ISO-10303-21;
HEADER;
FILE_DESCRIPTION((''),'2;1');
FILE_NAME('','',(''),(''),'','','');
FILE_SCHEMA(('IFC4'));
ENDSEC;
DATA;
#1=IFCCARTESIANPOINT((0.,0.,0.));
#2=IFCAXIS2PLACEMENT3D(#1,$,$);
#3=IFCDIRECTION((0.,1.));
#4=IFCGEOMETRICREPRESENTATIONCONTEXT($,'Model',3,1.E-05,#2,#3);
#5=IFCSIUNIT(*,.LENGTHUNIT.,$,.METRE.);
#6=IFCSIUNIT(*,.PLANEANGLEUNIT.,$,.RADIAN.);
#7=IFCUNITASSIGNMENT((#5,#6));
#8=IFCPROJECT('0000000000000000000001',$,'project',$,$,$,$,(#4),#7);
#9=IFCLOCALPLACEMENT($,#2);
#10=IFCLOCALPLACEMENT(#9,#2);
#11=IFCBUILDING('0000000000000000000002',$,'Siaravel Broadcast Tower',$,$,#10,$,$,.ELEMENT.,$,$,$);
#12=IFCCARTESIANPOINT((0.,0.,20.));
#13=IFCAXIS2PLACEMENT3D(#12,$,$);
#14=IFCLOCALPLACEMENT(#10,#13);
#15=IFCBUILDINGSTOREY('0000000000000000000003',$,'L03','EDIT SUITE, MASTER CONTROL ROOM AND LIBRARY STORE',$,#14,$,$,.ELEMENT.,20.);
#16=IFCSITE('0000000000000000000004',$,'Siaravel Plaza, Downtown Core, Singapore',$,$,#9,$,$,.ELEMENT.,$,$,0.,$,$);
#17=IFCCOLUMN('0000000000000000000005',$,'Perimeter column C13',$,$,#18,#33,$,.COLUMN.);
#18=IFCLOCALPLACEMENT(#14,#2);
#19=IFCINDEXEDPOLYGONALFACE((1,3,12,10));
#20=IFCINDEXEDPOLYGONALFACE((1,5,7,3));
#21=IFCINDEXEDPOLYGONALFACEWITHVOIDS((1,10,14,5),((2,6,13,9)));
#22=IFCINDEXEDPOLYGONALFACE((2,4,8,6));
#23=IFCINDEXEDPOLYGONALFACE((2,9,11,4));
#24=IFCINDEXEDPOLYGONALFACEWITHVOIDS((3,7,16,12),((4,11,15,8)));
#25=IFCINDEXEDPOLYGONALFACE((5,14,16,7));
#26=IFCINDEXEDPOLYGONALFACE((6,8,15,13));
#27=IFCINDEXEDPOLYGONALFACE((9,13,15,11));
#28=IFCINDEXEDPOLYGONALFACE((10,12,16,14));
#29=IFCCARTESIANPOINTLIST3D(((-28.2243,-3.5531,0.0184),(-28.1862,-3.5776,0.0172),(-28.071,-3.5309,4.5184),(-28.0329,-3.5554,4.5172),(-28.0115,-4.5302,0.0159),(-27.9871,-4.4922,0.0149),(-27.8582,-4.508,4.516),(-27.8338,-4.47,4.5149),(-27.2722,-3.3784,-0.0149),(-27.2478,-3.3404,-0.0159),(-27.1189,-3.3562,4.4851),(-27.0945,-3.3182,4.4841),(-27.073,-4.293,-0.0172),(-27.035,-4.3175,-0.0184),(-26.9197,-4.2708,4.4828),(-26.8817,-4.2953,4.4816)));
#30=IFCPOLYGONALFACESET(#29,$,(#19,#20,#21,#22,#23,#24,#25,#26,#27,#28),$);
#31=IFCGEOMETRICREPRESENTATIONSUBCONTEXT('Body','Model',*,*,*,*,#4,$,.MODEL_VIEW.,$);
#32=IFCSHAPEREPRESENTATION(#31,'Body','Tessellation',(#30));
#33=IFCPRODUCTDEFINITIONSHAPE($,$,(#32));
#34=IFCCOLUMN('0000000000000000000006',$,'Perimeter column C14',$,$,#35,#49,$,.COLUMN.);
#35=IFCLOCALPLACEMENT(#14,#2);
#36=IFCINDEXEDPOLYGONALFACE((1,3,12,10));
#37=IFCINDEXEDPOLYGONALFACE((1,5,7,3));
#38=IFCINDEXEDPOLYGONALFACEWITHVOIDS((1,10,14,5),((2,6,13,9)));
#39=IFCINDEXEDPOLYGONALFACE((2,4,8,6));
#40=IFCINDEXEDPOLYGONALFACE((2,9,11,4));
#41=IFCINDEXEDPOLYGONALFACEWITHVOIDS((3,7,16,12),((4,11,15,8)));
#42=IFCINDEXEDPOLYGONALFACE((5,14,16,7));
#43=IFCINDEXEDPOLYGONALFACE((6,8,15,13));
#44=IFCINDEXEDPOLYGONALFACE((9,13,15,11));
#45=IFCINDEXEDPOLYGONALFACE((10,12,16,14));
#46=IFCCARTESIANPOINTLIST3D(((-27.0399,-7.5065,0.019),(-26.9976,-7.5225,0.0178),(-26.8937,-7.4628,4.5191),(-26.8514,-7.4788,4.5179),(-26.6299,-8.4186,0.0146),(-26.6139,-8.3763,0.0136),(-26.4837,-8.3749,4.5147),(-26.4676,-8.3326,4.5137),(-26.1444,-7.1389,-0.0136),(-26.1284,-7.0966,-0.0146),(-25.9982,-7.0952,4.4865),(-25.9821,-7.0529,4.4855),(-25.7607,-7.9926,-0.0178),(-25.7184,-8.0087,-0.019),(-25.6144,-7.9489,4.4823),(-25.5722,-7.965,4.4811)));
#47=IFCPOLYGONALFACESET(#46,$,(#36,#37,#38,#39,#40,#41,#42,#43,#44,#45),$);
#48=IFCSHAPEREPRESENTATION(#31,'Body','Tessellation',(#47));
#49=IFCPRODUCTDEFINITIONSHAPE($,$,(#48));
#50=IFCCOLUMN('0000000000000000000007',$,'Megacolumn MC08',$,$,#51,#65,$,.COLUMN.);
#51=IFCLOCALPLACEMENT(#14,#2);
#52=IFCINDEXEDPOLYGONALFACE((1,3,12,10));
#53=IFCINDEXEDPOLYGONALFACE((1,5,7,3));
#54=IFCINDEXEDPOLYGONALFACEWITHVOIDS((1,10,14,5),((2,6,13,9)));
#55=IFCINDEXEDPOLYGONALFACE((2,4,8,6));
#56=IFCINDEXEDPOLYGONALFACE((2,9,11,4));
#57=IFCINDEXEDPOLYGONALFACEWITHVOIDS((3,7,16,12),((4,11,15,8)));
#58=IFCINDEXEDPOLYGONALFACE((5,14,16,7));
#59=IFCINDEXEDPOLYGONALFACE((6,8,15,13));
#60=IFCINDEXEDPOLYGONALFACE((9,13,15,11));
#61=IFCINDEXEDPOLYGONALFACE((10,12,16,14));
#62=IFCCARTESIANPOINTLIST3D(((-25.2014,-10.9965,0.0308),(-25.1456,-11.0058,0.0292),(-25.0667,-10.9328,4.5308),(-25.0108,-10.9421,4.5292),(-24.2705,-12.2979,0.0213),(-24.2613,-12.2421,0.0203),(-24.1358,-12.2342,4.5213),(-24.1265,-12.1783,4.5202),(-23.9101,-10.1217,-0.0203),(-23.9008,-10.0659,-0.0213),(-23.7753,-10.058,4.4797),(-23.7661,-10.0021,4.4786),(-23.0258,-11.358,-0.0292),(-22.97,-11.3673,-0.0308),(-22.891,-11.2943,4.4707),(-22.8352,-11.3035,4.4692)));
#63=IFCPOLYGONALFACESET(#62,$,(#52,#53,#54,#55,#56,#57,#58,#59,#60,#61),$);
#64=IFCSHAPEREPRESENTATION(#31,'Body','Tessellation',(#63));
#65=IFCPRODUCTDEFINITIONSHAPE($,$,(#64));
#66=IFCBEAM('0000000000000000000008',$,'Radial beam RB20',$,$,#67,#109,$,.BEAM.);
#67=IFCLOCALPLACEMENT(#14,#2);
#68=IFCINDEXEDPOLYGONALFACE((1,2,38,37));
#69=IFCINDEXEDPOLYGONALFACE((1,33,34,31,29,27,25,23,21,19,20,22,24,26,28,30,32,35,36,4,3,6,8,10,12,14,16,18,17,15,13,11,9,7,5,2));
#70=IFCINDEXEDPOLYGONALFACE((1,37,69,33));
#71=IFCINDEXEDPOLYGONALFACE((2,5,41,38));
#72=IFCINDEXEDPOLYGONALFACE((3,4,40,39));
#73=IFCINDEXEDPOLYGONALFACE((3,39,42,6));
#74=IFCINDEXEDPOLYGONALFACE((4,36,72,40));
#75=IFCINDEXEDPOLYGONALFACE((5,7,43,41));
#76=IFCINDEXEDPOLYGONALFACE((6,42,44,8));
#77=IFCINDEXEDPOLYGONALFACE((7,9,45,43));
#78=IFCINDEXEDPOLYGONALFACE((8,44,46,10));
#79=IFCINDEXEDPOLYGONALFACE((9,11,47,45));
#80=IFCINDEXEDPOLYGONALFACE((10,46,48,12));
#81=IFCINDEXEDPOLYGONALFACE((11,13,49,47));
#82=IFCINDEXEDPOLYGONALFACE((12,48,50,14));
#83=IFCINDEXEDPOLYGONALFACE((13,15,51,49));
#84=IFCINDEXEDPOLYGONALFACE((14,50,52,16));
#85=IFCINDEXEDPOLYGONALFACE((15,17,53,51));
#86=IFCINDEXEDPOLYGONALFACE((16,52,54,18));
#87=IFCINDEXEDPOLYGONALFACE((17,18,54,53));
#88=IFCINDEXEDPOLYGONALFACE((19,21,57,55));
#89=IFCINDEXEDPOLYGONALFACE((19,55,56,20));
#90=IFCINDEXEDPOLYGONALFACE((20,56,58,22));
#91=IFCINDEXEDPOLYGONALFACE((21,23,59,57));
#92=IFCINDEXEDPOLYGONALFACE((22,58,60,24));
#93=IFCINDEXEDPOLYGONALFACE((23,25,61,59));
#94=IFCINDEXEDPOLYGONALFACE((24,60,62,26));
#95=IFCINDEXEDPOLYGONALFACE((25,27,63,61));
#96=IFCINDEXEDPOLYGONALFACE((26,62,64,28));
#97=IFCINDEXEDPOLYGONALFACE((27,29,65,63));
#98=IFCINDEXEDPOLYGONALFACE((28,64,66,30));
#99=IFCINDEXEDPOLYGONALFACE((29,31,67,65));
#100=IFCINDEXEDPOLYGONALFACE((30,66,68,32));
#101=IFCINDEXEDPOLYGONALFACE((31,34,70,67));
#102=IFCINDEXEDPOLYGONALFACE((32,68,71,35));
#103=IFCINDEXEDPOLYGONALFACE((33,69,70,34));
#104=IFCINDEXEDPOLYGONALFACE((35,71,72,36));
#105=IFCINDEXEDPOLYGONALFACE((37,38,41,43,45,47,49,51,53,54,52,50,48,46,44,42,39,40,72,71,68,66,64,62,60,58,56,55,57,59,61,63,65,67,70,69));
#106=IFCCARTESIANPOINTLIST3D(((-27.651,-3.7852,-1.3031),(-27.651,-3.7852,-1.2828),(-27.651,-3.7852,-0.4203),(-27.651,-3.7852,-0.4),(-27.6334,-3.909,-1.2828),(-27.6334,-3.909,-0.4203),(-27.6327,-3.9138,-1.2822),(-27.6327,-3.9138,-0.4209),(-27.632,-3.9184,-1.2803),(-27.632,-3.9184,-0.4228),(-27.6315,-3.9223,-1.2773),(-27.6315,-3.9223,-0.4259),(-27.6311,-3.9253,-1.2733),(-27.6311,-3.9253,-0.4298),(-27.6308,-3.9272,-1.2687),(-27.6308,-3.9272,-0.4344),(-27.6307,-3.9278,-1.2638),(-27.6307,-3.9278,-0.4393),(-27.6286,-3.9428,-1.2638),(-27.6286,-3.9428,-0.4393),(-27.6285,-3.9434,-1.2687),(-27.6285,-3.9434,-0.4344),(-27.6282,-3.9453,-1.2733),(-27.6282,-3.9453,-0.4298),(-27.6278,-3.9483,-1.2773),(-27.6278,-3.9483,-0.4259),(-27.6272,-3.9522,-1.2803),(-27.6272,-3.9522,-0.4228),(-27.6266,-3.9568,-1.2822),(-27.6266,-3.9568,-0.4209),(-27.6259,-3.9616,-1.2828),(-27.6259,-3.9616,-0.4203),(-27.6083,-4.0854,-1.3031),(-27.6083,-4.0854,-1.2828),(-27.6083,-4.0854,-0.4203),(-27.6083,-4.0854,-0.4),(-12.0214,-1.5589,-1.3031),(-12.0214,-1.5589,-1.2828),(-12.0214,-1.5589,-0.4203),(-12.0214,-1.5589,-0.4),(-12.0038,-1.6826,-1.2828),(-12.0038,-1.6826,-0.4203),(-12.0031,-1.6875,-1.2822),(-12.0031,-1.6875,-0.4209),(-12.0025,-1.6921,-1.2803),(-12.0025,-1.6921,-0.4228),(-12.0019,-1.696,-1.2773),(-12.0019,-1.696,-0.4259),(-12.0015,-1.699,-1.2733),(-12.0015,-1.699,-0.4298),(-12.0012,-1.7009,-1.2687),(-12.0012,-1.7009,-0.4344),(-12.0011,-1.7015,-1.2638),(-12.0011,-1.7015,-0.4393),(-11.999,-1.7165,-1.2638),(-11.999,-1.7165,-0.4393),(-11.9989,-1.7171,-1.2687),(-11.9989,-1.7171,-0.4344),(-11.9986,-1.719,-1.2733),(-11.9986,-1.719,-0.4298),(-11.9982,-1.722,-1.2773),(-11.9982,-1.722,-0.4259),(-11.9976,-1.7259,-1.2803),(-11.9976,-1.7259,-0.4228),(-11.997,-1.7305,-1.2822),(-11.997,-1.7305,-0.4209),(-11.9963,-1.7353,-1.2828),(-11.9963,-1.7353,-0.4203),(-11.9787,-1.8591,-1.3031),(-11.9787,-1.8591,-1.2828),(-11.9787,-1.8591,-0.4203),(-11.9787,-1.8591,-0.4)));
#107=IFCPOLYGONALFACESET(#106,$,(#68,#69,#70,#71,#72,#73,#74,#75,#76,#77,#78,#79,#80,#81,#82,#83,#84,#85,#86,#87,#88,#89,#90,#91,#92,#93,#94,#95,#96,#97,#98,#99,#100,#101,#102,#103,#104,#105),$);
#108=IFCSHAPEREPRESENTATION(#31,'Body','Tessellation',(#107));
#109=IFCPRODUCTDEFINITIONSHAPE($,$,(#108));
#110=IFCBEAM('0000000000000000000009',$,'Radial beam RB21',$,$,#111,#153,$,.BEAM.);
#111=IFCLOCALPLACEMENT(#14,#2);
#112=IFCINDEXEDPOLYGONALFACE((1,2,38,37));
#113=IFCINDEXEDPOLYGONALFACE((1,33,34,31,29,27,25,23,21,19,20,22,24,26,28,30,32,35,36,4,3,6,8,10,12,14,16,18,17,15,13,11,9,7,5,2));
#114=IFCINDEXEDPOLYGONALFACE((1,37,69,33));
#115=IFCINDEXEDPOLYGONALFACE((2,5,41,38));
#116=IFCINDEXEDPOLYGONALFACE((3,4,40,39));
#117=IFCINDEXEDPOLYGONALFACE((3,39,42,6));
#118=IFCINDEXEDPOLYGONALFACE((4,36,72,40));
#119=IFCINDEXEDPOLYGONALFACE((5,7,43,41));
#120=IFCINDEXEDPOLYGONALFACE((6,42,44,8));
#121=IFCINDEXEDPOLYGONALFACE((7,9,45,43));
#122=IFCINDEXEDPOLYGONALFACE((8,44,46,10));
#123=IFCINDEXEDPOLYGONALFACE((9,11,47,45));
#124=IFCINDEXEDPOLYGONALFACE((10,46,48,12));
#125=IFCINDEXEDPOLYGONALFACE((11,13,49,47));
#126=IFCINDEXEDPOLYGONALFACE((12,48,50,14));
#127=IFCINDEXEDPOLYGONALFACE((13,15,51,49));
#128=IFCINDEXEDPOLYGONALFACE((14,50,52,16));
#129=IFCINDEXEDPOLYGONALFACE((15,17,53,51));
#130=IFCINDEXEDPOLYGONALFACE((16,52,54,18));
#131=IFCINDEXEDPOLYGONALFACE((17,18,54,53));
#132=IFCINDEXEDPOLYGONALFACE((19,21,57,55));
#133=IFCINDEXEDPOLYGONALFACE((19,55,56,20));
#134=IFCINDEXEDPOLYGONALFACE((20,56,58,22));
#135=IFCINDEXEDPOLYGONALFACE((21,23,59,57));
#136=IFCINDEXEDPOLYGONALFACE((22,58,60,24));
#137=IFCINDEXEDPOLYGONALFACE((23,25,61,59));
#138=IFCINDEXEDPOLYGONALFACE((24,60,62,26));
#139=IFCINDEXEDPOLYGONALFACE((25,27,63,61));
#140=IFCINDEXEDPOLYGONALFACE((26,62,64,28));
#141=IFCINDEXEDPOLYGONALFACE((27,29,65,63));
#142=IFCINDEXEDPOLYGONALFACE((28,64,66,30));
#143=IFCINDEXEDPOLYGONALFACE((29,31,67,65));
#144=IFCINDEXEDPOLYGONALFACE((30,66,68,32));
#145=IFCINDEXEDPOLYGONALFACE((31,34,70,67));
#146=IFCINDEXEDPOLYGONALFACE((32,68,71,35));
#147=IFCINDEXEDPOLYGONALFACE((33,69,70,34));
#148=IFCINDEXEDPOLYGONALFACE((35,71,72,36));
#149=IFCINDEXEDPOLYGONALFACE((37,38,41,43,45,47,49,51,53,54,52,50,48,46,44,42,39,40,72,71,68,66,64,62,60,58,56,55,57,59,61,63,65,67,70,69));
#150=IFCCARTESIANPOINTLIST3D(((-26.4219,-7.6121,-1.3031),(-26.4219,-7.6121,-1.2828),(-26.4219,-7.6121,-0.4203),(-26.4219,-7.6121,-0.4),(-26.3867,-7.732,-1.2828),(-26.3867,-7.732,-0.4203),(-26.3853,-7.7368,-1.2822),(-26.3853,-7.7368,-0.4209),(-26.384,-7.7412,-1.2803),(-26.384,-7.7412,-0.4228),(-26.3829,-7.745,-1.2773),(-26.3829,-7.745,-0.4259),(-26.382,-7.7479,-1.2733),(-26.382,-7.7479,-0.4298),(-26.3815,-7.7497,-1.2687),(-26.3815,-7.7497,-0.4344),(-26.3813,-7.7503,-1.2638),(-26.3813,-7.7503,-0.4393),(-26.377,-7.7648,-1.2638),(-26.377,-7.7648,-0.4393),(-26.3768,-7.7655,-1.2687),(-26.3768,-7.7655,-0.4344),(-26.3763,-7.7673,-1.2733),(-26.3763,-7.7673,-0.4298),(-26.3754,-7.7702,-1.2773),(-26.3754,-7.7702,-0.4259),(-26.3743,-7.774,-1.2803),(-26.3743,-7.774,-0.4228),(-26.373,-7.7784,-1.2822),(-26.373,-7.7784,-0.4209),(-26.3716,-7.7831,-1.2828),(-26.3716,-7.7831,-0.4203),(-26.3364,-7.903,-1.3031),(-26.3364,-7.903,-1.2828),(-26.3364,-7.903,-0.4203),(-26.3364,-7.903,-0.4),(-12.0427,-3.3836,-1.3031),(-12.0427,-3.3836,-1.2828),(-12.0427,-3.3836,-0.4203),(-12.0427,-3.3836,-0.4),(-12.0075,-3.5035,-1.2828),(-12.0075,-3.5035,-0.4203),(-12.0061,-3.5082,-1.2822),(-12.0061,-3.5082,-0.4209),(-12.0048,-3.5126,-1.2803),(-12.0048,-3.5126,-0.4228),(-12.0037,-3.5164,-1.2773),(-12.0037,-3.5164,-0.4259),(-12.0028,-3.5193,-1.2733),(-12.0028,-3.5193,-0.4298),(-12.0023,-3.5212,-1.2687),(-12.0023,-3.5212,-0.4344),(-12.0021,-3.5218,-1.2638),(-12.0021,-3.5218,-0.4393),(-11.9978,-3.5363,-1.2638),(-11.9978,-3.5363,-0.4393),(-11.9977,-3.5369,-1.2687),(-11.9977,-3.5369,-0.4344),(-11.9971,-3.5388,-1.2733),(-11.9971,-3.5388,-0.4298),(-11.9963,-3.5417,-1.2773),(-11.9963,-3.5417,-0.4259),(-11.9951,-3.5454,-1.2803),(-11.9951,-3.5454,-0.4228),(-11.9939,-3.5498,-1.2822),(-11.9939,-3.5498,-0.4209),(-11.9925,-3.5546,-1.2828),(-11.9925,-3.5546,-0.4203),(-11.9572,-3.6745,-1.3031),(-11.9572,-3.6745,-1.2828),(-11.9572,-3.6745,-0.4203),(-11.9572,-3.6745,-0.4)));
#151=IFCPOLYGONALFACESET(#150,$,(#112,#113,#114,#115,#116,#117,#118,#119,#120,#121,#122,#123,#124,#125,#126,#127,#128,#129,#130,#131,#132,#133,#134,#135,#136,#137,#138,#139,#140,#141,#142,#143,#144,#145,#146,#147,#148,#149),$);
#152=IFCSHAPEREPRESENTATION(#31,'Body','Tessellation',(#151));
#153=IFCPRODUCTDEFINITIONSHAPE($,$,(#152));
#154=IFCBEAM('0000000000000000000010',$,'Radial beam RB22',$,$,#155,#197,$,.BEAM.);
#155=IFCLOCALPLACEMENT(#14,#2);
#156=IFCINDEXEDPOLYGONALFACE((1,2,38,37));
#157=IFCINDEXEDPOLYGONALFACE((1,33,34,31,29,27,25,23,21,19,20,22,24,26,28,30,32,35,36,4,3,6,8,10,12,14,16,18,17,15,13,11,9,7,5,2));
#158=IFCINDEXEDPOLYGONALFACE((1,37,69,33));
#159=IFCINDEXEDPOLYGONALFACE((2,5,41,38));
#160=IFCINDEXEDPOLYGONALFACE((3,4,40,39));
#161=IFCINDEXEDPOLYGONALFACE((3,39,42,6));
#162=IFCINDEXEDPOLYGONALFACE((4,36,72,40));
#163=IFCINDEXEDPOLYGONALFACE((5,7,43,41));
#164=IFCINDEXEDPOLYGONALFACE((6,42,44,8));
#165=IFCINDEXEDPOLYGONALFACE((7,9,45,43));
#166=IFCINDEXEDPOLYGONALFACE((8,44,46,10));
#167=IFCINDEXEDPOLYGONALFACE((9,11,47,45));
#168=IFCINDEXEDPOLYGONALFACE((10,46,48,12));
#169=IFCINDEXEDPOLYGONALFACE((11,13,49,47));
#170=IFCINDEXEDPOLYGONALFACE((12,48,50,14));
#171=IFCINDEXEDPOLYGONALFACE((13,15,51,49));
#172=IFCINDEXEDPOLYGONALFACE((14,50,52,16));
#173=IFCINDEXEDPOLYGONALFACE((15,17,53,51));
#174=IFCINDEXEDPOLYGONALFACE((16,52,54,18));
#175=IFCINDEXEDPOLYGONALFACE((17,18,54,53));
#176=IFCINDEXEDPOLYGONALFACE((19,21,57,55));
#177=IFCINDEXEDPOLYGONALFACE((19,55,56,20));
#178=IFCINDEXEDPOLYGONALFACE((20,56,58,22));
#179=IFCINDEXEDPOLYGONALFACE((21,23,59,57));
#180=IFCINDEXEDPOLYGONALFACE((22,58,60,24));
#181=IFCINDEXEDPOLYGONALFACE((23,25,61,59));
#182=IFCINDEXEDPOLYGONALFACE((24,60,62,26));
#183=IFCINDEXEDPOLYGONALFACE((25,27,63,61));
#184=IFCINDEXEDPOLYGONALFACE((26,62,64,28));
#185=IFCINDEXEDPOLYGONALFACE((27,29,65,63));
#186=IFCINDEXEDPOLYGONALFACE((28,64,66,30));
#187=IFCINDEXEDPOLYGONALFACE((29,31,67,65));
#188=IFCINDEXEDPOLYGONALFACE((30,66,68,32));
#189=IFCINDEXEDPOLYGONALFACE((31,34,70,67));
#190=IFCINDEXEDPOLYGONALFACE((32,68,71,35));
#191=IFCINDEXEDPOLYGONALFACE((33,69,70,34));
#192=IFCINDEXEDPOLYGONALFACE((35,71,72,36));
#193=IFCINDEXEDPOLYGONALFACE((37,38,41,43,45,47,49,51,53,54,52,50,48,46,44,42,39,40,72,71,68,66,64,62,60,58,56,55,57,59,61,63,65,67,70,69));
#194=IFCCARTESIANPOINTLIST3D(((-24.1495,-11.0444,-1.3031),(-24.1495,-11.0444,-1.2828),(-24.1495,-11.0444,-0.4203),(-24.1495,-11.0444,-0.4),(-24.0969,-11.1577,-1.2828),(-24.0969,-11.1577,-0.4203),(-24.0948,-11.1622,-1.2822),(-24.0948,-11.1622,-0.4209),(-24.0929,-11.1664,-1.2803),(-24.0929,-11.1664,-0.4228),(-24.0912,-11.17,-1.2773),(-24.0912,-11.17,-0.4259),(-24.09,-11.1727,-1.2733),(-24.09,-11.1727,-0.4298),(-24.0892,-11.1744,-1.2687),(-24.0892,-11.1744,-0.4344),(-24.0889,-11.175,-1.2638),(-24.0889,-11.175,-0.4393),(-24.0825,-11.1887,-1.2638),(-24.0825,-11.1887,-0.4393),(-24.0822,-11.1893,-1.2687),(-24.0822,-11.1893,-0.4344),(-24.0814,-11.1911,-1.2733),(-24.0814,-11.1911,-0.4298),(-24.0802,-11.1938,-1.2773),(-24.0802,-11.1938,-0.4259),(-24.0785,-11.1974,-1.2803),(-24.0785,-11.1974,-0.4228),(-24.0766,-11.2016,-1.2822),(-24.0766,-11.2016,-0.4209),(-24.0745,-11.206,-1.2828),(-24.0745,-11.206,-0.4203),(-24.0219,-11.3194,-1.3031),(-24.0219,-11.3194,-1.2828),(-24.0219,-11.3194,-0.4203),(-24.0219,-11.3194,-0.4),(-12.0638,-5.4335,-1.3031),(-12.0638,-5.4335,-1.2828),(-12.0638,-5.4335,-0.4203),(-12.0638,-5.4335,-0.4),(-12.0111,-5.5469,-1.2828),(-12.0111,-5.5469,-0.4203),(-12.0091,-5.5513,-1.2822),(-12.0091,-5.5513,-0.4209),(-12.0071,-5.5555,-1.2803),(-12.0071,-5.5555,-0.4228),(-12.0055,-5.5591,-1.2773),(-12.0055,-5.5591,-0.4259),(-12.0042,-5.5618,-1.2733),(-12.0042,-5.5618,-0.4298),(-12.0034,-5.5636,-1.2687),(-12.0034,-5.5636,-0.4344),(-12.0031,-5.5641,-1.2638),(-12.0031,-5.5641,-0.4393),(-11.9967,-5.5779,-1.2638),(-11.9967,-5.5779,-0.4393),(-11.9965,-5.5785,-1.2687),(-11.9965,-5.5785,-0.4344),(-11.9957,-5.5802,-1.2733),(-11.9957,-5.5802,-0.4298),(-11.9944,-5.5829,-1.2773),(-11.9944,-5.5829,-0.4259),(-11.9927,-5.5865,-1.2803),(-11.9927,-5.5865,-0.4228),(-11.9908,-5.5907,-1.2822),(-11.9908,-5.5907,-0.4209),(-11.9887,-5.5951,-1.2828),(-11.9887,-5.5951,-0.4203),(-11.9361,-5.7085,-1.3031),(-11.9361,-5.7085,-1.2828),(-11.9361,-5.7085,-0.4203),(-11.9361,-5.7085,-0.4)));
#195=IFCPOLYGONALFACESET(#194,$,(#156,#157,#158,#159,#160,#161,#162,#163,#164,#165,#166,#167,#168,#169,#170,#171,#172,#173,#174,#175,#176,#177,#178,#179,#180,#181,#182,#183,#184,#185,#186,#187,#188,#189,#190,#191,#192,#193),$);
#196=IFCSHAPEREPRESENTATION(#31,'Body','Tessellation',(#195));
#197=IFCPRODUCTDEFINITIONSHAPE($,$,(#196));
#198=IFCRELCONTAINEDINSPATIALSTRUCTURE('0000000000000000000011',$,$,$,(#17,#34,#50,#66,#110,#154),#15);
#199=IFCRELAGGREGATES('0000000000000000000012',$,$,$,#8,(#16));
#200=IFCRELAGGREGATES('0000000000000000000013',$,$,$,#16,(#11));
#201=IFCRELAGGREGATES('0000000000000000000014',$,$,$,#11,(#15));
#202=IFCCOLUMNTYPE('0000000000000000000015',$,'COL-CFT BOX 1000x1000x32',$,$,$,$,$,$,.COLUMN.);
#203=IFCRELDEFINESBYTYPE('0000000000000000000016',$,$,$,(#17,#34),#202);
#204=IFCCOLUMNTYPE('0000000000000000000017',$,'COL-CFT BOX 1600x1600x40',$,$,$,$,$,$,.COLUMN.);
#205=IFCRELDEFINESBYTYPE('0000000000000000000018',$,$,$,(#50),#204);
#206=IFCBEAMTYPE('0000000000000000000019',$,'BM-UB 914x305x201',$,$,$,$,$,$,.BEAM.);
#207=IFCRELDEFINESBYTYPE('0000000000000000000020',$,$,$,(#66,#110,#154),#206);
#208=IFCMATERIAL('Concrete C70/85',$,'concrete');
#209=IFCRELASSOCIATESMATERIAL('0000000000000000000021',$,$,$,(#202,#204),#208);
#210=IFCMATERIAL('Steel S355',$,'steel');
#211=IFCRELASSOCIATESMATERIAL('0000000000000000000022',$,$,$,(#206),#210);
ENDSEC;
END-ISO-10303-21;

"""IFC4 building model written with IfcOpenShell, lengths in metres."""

from ifc_helpers import new_model, si_unit, direction, frame, origin, origin_2d, place, context, subcontext, project, spatial, hollow_rectangle, i_section, extrude, material, material_profile, profile_set, type_object, element, save


model = new_model("IFC4")

# Units and contexts
model_context = context("Model", 3, precision=1e-05, world=origin(), true_north=direction((0.0, 1.0)))
body_context = subcontext(model_context, "Body", "Model", "MODEL_VIEW")
ifc_project = project(units=[si_unit("LENGTHUNIT", "METRE"), si_unit("PLANEANGLEUNIT", "RADIAN")], contexts=[model_context])

# Site, building, storey
site_placement = place(None, origin())
site = spatial("IfcSite", under=ifc_project, at=site_placement, Name="Siaravel Plaza, Downtown Core, Singapore", CompositionType="ELEMENT", RefElevation=0.0)
building_placement = place(site_placement, origin())
building = spatial("IfcBuilding", under=site, at=building_placement, Name="Siaravel Broadcast Tower", CompositionType="ELEMENT")
storey_placement = place(building_placement, frame((0.0, 0.0, 20.0)))
storey = spatial("IfcBuildingStorey", under=building, at=storey_placement, Name="L03", Description="EDIT SUITE, MASTER CONTROL ROOM AND LIBRARY STORE", CompositionType="ELEMENT", Elevation=20.0)

# Columns
ifc_material_1 = material(Name="Concrete C70/85", Category="concrete")
ifc_material_profile_1 = material_profile(ifc_material_1, hollow_rectangle(XDim=1.0, YDim=1.0, WallThickness=0.032, at=origin_2d()))
ifc_profile_set_1 = profile_set([ifc_material_profile_1], Name="Concrete C70/85")
column_type_1 = type_object("IfcColumnType", Name="COL-CFT BOX 1000x1000x32", PredefinedType="COLUMN", material=ifc_profile_set_1)
for number, where, z_axis, x_axis, name in (
    (1, (-27.6296, -3.9353, 0.0), (0.034051, 0.004934, 0.999408), (-0.212785, 0.977096, 0.002426), "Perimeter column C13"),
    (2, (-26.3792, -7.7576, 0.0), (0.032479, 0.009706, 0.999425), (-0.409975, 0.912086, 0.004466), "Perimeter column C14"),
):
    element("IfcColumn", number, at=place(storey_placement, frame(where, z_axis=z_axis, x_axis=x_axis)), inside=storey, type_object=column_type_1, Name=name, PredefinedType="COLUMN", context=body_context, shape_type="SweptSolid", body=[
        extrude(hollow_rectangle(XDim=1.0, YDim=1.0, WallThickness=0.032, at=origin_2d()), origin(), (0.0, 0.0, 1.0), 4.5027),
    ])
ifc_material_profile_2 = material_profile(ifc_material_1, hollow_rectangle(XDim=1.6001, YDim=1.6001, WallThickness=0.04, at=origin_2d()))
ifc_profile_set_2 = profile_set([ifc_material_profile_2], Name="Concrete C70/85")
column_type_2 = type_object("IfcColumnType", Name="COL-CFT BOX 1600x1600x40", PredefinedType="COLUMN", material=ifc_profile_set_2)
column_placement = place(storey_placement, frame((-24.0857, -11.1819, 0.0), z_axis=(0.029931, 0.014152, 0.999452), x_axis=(-0.581765, 0.813335, 0.005906)))
element("IfcColumn", 3, at=column_placement, inside=storey, type_object=column_type_2, Name="Megacolumn MC08", PredefinedType="COLUMN", context=body_context, shape_type="SweptSolid", body=[
    extrude(hollow_rectangle(XDim=1.6001, YDim=1.6001, WallThickness=0.04, at=origin_2d()), origin(), (0.0, 0.0, 1.0), 4.5024),
])

# Beams
ifc_material_2 = material(Name="Steel S355", Category="steel")
ifc_material_profile_3 = material_profile(ifc_material_2, i_section(OverallWidth=0.3032, OverallDepth=0.9031, WebThickness=0.0151, FlangeThickness=0.0203, FilletRadius=0.019, at=origin_2d()))
ifc_profile_set_3 = profile_set([ifc_material_profile_3], Name="Steel S355")
beam_type = type_object("IfcBeamType", Name="BM-UB 914x305x201", PredefinedType="BEAM", material=ifc_profile_set_3)
beam_1_placement = place(storey_placement, frame((-27.6296, -3.9353, -0.8516), z_axis=(0.990007, 0.141019, 0.0), x_axis=(-0.141019, 0.990007, 0.0)))
element("IfcBeam", 4, at=beam_1_placement, inside=storey, type_object=beam_type, Name="Radial beam RB20", PredefinedType="BEAM", context=body_context, shape_type="SweptSolid", body=[
    extrude(i_section(OverallWidth=0.3032, OverallDepth=0.9031, WebThickness=0.0151, FlangeThickness=0.0203, FilletRadius=0.019, at=origin_2d()), origin(), (0.0, 0.0, 1.0), 15.7874),
])
beam_2_placement = place(storey_placement, frame((-26.3792, -7.7576, -0.8516), z_axis=(0.959377, 0.282127, 0.0), x_axis=(-0.282127, 0.959377, 0.0)))
element("IfcBeam", 5, at=beam_2_placement, inside=storey, type_object=beam_type, Name="Radial beam RB21", PredefinedType="BEAM", context=body_context, shape_type="SweptSolid", body=[
    extrude(i_section(OverallWidth=0.3032, OverallDepth=0.9031, WebThickness=0.0151, FlangeThickness=0.0203, FilletRadius=0.019, at=origin_2d()), origin(), (0.0, 0.0, 1.0), 14.988),
])
beam_3_placement = place(storey_placement, frame((-24.0857, -11.1819, -0.8516), z_axis=(0.90702, 0.421088, 0.0), x_axis=(-0.421088, 0.90702, 0.0)))
element("IfcBeam", 6, at=beam_3_placement, inside=storey, type_object=beam_type, Name="Radial beam RB22", PredefinedType="BEAM", context=body_context, shape_type="SweptSolid", body=[
    extrude(i_section(OverallWidth=0.3032, OverallDepth=0.9031, WebThickness=0.0151, FlangeThickness=0.0203, FilletRadius=0.019, at=origin_2d()), origin(), (0.0, 0.0, 1.0), 13.3247),
])

save(model, "model.ifc")
